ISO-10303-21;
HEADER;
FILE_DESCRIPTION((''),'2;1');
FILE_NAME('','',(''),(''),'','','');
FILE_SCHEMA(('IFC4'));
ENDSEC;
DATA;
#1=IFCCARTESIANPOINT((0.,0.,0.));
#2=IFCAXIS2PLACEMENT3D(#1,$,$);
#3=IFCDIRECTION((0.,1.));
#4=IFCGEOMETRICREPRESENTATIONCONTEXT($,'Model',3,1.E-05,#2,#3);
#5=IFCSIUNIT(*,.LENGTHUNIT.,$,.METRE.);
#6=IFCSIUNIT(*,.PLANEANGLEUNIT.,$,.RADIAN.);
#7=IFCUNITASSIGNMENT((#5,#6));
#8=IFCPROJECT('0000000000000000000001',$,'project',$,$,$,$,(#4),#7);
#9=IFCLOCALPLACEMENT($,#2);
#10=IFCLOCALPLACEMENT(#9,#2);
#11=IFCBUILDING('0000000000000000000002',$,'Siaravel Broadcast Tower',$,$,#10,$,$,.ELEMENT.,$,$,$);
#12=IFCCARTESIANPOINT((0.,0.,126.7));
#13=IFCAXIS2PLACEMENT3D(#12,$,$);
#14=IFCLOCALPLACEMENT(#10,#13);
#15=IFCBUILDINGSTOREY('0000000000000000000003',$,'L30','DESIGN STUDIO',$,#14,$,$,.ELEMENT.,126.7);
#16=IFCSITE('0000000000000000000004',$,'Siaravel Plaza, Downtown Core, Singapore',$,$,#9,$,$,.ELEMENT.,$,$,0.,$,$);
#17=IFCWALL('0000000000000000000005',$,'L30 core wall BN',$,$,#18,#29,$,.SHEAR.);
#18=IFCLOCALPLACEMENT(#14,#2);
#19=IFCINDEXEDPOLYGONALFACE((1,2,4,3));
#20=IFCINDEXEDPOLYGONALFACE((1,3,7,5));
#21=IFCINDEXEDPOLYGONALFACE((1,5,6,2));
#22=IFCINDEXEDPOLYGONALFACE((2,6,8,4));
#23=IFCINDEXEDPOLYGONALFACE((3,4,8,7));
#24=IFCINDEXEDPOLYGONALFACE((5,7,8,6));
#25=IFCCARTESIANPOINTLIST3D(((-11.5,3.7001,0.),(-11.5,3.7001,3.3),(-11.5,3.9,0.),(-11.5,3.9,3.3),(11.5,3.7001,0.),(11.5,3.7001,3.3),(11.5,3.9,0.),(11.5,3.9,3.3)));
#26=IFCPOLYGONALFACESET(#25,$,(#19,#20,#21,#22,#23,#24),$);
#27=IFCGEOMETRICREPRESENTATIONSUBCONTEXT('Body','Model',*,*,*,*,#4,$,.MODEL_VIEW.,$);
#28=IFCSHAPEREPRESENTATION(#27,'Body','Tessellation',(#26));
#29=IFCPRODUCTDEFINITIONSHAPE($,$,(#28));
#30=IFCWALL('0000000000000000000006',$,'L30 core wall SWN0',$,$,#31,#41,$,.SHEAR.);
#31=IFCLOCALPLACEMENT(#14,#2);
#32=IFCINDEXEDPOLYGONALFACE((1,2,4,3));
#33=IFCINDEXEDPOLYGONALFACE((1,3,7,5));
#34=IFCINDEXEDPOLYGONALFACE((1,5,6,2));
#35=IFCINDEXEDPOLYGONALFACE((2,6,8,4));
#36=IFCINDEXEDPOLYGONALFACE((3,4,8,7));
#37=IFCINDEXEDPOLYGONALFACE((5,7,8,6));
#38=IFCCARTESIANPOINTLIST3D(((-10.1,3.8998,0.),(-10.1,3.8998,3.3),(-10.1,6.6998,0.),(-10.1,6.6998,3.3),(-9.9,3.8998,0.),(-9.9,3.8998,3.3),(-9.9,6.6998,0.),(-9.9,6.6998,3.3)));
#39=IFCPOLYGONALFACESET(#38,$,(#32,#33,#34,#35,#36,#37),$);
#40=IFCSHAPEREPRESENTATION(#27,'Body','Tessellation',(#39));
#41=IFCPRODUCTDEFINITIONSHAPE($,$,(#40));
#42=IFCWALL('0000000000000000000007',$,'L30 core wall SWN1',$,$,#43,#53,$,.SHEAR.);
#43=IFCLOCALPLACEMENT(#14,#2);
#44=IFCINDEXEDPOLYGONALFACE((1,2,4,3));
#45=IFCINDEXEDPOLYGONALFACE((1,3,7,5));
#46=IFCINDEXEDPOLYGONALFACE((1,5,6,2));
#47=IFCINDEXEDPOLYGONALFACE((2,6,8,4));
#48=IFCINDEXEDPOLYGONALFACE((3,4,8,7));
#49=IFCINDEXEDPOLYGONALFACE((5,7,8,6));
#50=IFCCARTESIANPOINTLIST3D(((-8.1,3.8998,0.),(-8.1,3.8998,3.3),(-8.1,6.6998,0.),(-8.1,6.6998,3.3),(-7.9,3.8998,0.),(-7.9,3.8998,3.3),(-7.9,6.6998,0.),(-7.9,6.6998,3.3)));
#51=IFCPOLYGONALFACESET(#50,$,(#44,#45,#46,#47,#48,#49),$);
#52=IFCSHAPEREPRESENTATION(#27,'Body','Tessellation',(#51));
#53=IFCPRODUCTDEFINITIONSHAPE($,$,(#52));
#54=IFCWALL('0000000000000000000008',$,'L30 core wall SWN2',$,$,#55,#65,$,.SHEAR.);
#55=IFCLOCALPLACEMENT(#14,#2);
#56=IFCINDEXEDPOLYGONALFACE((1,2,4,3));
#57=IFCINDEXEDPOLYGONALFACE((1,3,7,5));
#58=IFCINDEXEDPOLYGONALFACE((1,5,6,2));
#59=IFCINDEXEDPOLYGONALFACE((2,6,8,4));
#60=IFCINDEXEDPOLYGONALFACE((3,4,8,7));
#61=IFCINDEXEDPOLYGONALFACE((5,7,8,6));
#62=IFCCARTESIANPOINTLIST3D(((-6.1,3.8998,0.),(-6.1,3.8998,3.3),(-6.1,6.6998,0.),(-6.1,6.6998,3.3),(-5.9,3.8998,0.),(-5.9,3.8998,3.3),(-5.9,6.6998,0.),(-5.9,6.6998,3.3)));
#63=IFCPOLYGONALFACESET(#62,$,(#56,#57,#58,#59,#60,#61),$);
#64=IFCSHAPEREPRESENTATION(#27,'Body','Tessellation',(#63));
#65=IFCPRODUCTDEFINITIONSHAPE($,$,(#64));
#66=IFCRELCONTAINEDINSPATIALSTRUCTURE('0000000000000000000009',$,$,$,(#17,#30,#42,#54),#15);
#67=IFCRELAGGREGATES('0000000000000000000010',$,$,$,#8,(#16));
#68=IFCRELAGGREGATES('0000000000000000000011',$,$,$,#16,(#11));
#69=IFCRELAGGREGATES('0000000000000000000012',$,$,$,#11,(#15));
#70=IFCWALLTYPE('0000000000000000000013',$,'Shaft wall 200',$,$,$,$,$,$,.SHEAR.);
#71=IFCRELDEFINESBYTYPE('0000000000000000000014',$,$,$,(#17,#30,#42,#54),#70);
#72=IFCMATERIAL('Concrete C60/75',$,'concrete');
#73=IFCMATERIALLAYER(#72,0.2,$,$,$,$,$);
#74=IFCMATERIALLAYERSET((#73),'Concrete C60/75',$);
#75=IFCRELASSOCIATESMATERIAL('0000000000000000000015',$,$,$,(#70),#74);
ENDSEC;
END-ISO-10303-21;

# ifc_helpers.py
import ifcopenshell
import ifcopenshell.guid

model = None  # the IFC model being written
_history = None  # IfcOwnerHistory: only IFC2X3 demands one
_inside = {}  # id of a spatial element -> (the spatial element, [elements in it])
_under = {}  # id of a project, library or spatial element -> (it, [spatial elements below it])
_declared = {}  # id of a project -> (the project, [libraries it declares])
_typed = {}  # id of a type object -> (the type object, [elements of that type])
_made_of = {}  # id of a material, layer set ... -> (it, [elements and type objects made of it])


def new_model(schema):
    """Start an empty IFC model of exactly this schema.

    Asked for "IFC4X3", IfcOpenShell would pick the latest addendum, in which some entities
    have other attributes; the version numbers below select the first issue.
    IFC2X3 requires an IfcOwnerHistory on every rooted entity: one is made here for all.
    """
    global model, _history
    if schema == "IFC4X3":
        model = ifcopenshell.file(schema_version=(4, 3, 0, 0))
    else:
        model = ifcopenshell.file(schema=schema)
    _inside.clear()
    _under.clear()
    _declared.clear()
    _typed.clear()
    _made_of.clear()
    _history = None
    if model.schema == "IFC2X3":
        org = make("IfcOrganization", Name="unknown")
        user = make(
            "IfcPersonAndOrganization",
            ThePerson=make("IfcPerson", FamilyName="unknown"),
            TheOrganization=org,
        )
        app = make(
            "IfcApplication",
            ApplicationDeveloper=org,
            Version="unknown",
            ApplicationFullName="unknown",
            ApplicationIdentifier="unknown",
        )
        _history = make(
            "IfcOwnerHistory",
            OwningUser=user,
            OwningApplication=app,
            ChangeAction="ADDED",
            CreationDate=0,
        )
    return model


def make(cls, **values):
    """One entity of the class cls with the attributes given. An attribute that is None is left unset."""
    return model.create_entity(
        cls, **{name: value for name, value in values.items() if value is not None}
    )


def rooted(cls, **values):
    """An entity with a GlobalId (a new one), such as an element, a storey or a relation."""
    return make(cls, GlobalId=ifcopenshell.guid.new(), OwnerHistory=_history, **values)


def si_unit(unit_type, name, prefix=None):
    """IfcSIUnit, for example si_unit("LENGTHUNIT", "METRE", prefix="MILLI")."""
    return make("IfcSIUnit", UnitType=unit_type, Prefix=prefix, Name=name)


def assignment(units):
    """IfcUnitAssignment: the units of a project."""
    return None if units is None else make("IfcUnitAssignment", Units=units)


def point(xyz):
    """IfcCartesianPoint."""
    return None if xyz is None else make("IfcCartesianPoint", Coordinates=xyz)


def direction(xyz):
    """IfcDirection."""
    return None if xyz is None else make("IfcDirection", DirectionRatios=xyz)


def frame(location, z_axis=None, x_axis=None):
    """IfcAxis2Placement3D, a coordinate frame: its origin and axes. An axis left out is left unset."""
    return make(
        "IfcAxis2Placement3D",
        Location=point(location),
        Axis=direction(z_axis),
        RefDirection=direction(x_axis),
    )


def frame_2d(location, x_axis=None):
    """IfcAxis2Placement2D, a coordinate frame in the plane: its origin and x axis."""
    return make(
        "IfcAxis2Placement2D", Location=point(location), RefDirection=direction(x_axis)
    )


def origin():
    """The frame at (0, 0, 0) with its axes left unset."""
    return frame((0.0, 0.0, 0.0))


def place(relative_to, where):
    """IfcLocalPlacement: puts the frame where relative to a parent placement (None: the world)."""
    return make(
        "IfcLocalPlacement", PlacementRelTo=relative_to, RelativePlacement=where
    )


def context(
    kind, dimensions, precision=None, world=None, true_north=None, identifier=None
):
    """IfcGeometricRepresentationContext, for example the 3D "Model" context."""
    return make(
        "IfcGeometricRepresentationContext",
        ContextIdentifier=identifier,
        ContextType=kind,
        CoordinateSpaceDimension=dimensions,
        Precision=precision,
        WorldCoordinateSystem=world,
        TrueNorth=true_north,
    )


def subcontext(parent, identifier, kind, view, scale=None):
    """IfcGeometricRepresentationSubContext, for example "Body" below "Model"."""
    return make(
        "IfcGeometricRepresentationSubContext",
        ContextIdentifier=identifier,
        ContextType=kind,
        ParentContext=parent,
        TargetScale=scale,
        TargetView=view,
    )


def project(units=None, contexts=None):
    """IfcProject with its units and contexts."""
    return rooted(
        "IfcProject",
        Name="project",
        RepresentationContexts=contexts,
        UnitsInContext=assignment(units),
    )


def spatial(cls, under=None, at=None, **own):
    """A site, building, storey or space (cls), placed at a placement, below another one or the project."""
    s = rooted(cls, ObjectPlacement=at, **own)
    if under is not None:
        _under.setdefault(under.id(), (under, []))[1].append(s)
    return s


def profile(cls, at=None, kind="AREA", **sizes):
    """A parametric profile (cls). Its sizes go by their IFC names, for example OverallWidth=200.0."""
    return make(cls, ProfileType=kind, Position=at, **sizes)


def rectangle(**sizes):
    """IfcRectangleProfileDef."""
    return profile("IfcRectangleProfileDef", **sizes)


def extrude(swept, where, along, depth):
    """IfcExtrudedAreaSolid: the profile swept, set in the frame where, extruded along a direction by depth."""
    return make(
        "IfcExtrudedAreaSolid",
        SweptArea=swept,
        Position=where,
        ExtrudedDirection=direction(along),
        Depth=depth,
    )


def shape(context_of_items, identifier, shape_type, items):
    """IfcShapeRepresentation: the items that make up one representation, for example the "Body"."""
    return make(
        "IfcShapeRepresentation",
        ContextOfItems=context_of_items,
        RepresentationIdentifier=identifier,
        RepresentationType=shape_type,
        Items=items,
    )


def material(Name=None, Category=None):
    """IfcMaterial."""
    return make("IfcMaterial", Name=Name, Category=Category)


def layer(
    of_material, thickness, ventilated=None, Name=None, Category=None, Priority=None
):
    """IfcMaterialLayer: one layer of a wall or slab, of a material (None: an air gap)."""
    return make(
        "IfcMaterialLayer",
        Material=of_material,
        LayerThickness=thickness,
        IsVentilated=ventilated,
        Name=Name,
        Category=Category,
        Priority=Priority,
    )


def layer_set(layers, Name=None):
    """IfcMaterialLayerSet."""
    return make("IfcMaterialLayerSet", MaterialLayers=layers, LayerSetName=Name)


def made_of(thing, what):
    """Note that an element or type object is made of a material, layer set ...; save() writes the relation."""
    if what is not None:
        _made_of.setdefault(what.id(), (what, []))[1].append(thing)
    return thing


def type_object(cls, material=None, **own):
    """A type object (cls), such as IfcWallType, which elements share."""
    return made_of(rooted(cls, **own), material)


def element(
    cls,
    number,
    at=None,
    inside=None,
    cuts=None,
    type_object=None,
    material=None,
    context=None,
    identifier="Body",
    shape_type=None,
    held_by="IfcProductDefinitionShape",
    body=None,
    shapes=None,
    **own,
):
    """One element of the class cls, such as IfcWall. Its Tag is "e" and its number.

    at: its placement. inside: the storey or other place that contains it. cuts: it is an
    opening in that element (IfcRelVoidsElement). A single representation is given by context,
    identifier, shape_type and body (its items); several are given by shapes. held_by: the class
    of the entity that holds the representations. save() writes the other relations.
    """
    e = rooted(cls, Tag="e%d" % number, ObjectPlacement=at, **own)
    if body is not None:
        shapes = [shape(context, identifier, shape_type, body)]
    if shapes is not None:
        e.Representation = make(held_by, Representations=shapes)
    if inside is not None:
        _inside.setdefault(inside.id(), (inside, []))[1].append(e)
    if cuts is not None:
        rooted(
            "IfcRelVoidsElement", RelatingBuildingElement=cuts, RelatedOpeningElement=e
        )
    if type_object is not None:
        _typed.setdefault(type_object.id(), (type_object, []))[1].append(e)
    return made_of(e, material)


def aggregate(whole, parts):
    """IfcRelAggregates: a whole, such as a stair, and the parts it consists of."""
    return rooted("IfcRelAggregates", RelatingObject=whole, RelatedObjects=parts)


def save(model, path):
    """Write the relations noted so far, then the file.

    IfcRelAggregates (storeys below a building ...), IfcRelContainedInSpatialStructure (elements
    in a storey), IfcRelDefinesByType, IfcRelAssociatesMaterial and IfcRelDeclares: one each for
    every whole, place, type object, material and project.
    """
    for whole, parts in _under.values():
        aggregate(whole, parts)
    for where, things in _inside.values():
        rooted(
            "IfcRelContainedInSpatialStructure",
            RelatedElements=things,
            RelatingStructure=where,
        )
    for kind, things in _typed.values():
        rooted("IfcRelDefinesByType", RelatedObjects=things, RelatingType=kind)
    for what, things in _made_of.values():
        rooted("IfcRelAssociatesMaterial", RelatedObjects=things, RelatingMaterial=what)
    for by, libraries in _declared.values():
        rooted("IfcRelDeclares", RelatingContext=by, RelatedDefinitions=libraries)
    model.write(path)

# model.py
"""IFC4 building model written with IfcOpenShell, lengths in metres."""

from ifc_helpers import new_model, si_unit, direction, frame, frame_2d, origin, place, context, subcontext, project, spatial, rectangle, extrude, material, layer, layer_set, type_object, element, save


model = new_model("IFC4")

# Units and contexts
model_context = context("Model", 3, precision=1e-05, world=origin(), true_north=direction((0.0, 1.0)))
body_context = subcontext(model_context, "Body", "Model", "MODEL_VIEW")
ifc_project = project(units=[si_unit("LENGTHUNIT", "METRE"), si_unit("PLANEANGLEUNIT", "RADIAN")], contexts=[model_context])

# Site, building, storey
site_placement = place(None, origin())
site = spatial("IfcSite", under=ifc_project, at=site_placement, Name="Siaravel Plaza, Downtown Core, Singapore", CompositionType="ELEMENT", RefElevation=0.0)
building_placement = place(site_placement, origin())
building = spatial("IfcBuilding", under=site, at=building_placement, Name="Siaravel Broadcast Tower", CompositionType="ELEMENT")
storey_placement = place(building_placement, frame((0.0, 0.0, 126.7)))
storey = spatial("IfcBuildingStorey", under=building, at=storey_placement, Name="L30", Description="DESIGN STUDIO", CompositionType="ELEMENT", Elevation=126.7)

# Shared definitions
ifc_material_1 = material(Name="Concrete C60/75", Category="concrete")

# Walls
ifc_layer_1 = layer(ifc_material_1, 0.2)
ifc_layer_set_1 = layer_set([ifc_layer_1], Name="Concrete C60/75")
wall_type_1 = type_object("IfcWallType", Name="Shaft wall 200", PredefinedType="SHEAR", material=ifc_layer_set_1)
wall_1_placement = place(storey_placement, frame((-11.5, 3.8, 0.0), z_axis=(0.0, 0.0, 1.0), x_axis=(1.0, 0.0, 0.0)))
element("IfcWall", 1, at=wall_1_placement, inside=storey, type_object=wall_type_1, Name="L30 core wall BN", PredefinedType="SHEAR", context=body_context, shape_type="SweptSolid", body=[
    extrude(rectangle(XDim=23.0, YDim=0.2, at=frame_2d((11.5, 0.0))), origin(), (0.0, 0.0, 1.0), 3.3),
])
for number, where, z_axis, x_axis, name in (
    (2, (-10.0, 3.8999, 0.0), (0.0, 0.0, 1.0), (0.0, 1.0, 0.0), "L30 core wall SWN0"),
    (3, (-8.0, 3.8999, 0.0), (0.0, 0.0, 1.0), (0.0, 1.0, 0.0), "L30 core wall SWN1"),
    (4, (-6.0, 3.8999, 0.0), (0.0, 0.0, 1.0), (0.0, 1.0, 0.0), "L30 core wall SWN2"),
):
    element("IfcWall", number, at=place(storey_placement, frame(where, z_axis=z_axis, x_axis=x_axis)), inside=storey, type_object=wall_type_1, Name=name, PredefinedType="SHEAR", context=body_context, shape_type="SweptSolid", body=[
        extrude(rectangle(XDim=2.8, YDim=0.2, at=frame_2d((1.3999, 0.0))), origin(), (0.0, 0.0, 1.0), 3.3),
    ])

save(model, "model.ifc")
